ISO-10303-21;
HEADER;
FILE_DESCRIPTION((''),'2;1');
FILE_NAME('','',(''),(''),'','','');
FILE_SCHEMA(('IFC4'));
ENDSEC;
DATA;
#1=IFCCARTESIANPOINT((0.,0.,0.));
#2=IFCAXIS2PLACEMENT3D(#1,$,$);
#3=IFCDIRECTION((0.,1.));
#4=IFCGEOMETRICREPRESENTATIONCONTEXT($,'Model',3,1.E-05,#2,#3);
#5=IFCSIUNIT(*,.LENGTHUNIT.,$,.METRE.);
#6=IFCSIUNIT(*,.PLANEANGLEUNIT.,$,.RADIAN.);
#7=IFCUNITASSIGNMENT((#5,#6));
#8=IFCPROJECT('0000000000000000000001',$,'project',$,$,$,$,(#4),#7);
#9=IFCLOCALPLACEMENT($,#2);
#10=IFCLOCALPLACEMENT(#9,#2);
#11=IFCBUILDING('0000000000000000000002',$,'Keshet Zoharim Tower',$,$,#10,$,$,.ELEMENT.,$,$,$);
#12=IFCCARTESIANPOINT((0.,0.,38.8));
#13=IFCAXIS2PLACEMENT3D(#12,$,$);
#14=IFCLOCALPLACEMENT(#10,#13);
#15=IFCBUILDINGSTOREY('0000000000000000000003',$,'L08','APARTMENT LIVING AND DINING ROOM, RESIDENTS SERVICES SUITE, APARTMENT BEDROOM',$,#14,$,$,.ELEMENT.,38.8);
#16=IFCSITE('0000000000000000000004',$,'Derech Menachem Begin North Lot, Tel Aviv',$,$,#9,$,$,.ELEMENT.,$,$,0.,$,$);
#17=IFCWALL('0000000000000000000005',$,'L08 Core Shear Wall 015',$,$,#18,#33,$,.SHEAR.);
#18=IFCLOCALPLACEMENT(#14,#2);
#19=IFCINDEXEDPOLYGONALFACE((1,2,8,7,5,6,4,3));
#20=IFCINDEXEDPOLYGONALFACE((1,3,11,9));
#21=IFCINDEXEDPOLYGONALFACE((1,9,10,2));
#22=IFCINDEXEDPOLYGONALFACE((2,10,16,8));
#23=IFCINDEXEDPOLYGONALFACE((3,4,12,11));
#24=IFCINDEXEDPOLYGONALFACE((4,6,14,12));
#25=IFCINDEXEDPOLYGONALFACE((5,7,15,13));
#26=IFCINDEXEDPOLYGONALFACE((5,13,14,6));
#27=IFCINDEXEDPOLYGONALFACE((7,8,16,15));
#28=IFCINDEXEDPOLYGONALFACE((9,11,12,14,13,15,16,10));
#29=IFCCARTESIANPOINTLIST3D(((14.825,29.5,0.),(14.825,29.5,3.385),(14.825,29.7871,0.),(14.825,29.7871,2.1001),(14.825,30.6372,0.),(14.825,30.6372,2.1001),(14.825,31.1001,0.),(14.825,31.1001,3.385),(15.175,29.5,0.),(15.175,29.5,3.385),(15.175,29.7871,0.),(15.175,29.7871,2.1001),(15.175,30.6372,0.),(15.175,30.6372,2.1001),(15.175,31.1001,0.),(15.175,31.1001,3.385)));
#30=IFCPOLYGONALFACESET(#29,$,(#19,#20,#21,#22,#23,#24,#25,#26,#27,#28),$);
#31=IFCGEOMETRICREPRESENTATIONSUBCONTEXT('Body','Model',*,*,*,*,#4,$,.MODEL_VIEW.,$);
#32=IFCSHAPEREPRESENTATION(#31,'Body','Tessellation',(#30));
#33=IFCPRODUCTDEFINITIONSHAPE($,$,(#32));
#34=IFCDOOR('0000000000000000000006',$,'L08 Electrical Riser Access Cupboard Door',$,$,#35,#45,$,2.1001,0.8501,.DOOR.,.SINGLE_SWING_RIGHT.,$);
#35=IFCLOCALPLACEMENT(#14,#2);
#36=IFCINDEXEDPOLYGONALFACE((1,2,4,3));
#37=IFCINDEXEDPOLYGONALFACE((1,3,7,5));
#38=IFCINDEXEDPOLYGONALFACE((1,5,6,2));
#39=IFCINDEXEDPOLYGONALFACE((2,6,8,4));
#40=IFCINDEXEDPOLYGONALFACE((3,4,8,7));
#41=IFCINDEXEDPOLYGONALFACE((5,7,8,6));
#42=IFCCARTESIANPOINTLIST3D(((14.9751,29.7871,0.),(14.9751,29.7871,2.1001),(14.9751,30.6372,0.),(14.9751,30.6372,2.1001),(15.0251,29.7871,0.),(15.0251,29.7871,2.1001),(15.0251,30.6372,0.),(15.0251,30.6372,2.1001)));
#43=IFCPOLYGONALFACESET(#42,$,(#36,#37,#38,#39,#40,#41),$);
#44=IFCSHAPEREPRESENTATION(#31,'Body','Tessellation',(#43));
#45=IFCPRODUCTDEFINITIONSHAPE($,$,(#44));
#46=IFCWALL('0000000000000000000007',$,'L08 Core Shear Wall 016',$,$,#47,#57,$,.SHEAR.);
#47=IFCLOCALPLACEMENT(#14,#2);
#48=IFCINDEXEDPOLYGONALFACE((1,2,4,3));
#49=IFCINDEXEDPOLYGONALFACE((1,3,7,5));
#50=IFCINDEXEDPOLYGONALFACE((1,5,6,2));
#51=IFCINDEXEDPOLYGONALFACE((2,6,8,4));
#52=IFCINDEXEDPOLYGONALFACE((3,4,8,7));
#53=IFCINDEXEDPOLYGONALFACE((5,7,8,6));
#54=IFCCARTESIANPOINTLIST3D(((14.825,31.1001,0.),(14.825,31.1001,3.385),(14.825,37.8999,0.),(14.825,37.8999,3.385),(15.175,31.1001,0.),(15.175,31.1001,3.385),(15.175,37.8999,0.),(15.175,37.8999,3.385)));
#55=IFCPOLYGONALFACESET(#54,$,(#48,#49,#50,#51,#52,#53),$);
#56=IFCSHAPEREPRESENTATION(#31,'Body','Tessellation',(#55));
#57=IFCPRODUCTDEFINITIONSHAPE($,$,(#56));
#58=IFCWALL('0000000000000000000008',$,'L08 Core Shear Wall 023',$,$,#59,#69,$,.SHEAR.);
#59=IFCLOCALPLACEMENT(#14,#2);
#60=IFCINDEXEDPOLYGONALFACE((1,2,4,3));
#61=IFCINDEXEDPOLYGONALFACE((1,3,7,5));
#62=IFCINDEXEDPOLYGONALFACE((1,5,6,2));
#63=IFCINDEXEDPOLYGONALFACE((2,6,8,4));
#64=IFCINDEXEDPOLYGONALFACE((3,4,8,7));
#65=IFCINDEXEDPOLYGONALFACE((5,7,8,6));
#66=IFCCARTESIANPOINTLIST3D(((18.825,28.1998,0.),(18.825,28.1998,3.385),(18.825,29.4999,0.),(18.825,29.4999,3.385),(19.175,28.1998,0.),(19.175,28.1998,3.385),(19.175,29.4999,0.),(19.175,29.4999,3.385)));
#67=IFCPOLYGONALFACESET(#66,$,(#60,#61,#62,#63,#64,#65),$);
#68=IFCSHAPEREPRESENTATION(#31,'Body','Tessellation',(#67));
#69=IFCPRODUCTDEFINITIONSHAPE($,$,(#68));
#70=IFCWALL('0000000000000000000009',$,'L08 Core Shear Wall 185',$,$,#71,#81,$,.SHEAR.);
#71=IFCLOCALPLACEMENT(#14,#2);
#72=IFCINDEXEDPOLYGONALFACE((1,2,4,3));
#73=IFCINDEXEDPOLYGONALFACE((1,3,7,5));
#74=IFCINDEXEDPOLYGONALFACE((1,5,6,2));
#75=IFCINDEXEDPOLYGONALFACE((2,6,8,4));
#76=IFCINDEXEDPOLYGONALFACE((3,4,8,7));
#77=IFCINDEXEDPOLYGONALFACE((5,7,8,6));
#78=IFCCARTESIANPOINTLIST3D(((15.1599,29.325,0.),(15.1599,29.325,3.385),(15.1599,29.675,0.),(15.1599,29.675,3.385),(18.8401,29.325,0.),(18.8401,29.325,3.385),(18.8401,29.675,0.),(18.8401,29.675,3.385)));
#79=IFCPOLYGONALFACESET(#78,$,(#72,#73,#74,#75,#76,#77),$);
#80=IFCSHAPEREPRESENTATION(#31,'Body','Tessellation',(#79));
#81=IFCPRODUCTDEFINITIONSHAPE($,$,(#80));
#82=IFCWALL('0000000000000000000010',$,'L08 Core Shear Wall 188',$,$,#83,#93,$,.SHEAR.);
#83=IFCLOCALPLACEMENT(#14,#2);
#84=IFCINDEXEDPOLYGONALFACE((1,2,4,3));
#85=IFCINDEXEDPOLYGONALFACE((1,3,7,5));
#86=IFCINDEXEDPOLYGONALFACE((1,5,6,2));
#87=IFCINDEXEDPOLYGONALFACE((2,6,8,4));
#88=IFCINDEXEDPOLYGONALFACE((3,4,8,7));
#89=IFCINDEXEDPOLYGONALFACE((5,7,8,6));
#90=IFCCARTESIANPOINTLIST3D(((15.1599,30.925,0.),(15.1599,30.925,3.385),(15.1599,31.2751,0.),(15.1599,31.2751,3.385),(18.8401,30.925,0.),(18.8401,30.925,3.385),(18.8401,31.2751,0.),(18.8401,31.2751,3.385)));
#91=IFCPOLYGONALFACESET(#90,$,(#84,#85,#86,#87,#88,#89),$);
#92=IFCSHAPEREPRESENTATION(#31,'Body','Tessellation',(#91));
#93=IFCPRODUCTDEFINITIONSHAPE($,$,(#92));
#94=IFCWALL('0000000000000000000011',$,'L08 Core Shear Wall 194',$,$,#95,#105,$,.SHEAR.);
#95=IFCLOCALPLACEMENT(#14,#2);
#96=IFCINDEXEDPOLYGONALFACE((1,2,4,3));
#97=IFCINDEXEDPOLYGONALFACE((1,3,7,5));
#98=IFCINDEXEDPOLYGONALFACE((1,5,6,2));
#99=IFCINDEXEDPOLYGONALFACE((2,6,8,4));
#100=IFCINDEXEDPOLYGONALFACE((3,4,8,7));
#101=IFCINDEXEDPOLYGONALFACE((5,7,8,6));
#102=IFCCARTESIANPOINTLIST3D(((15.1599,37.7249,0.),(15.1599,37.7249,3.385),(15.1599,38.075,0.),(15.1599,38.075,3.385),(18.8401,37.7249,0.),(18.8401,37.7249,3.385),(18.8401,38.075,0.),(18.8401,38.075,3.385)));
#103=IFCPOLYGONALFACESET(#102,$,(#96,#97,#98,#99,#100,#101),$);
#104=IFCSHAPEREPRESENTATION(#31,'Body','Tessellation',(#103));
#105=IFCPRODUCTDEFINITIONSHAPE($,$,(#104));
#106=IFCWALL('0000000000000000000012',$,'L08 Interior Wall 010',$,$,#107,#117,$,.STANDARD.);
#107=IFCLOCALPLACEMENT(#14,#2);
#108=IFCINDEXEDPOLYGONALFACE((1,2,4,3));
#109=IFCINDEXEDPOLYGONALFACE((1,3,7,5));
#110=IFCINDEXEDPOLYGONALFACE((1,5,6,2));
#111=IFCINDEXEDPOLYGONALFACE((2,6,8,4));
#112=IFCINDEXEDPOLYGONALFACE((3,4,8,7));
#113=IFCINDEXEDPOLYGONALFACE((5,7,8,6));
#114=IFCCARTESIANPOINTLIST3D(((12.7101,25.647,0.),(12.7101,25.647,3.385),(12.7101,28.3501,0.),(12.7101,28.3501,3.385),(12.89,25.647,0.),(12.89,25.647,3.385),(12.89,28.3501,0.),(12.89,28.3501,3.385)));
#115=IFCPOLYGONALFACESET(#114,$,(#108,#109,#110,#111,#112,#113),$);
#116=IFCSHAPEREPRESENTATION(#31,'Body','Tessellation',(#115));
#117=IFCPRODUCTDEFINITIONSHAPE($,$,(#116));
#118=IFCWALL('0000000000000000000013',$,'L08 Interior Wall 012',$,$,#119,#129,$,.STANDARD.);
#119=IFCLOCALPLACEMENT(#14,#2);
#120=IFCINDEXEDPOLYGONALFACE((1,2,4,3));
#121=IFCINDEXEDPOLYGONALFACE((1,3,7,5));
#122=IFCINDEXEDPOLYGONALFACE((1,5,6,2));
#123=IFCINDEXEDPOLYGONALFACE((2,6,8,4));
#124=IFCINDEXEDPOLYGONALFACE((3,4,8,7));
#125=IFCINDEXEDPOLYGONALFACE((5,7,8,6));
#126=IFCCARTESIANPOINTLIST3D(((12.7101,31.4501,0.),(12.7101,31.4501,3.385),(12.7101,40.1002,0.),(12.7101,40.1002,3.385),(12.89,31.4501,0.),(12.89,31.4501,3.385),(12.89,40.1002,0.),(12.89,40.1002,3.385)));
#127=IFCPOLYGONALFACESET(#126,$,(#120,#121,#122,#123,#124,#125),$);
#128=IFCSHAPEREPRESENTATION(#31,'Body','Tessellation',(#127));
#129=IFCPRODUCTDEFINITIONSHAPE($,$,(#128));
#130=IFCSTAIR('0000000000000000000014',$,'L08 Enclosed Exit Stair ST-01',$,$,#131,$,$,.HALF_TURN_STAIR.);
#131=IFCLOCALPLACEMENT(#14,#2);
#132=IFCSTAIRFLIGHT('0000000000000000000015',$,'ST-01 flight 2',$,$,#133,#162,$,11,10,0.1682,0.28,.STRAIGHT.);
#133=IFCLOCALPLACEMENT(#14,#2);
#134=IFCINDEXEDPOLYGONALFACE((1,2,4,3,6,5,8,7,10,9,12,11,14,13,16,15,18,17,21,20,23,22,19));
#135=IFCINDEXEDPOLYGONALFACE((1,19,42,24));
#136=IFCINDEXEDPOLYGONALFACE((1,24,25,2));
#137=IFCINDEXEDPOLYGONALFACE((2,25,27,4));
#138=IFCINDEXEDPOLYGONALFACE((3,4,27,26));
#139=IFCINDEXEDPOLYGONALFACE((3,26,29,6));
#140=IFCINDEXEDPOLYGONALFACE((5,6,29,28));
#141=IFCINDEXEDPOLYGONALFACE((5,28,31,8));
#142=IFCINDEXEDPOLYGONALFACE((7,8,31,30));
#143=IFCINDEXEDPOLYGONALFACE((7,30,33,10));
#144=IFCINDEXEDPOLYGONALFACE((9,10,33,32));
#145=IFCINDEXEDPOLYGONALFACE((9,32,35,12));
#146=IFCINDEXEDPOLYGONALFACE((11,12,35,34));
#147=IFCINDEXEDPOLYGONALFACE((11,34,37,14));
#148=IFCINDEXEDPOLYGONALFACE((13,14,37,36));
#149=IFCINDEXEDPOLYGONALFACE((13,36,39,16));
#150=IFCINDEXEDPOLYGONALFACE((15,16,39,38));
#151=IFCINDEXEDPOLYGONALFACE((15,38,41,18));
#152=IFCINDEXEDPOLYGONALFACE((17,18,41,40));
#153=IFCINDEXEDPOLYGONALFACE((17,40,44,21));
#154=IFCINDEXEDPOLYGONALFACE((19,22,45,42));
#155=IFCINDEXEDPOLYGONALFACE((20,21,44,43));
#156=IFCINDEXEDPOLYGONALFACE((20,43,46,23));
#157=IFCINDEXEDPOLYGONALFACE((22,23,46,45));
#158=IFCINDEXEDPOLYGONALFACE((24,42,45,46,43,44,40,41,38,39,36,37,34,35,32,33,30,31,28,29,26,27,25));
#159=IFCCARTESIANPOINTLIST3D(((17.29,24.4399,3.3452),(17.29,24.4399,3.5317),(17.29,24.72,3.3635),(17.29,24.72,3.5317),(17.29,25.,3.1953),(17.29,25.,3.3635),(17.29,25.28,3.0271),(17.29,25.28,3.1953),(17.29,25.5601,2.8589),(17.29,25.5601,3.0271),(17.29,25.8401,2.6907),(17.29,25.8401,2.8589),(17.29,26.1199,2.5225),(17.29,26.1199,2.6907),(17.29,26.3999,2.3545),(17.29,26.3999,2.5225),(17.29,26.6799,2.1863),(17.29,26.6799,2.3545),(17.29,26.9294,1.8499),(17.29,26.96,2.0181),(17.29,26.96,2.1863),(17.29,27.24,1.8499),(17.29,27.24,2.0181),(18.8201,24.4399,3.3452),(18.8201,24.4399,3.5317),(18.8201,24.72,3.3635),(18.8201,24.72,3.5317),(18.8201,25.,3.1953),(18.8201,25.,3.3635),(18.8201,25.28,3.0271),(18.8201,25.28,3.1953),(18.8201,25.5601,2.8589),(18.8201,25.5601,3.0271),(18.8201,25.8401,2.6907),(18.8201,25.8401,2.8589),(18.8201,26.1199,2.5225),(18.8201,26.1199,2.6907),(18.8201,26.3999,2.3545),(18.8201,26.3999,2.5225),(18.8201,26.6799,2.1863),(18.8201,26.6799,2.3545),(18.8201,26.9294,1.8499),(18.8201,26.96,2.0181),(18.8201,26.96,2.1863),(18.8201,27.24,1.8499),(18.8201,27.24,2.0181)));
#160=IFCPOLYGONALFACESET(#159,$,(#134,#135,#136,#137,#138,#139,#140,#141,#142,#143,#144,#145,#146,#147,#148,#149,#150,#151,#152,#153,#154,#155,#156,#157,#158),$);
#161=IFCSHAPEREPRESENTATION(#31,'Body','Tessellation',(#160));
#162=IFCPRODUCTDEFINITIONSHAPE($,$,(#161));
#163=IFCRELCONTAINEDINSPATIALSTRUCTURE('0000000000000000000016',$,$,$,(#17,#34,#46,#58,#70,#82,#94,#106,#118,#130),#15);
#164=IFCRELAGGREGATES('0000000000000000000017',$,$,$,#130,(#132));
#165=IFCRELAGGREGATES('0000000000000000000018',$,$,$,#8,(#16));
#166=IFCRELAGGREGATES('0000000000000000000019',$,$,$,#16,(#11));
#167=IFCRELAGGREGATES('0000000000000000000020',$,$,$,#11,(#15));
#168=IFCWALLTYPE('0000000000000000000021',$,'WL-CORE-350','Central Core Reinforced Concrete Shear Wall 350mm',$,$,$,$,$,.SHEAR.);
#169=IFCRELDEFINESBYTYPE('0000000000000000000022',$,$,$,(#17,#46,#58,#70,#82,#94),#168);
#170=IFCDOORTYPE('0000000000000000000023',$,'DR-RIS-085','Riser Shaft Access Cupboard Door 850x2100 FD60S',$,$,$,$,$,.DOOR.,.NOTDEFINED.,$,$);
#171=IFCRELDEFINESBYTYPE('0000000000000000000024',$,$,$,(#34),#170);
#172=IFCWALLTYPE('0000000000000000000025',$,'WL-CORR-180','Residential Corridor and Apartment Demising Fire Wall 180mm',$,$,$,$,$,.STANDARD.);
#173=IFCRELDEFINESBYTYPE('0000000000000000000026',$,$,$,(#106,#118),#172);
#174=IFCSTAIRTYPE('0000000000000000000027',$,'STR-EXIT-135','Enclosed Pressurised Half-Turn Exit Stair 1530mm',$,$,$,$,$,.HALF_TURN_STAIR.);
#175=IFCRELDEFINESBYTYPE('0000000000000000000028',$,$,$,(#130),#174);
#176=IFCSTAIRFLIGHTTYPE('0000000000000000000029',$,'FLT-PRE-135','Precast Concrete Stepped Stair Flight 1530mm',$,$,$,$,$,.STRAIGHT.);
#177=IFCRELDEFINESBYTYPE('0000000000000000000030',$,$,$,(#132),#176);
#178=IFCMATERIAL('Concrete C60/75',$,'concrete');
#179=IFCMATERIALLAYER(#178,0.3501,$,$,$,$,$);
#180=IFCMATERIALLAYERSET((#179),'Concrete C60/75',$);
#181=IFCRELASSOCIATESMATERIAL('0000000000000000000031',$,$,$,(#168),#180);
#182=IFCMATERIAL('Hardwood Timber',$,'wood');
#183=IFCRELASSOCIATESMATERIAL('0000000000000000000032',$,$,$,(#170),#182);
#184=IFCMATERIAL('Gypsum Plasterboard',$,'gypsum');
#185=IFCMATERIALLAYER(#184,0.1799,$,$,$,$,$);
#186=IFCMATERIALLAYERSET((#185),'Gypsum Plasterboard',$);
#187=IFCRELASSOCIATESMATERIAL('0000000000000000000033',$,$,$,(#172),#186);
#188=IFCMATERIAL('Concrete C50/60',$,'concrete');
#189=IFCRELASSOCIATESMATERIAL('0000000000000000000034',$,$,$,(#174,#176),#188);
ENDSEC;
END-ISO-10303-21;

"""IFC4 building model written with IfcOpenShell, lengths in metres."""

from ifc_helpers import new_model, si_unit, direction, frame, frame_2d, origin, place, context, subcontext, project, spatial, polyline, rectangle, outline, extrude, material, layer, layer_set, type_object, element, fill, aggregate, save


model = new_model("IFC4")

# Units and contexts
model_context = context("Model", 3, precision=1e-05, world=origin(), true_north=direction((0.0, 1.0)))
body_context = subcontext(model_context, "Body", "Model", "MODEL_VIEW")
ifc_project = project(units=[si_unit("LENGTHUNIT", "METRE"), si_unit("PLANEANGLEUNIT", "RADIAN")], contexts=[model_context])

# Site, building, storey
site_placement = place(None, origin())
site = spatial("IfcSite", under=ifc_project, at=site_placement, Name="Derech Menachem Begin North Lot, Tel Aviv", CompositionType="ELEMENT", RefElevation=0.0)
building_placement = place(site_placement, origin())
building = spatial("IfcBuilding", under=site, at=building_placement, Name="Keshet Zoharim Tower", CompositionType="ELEMENT")
storey_placement = place(building_placement, frame((0.0, 0.0, 38.8)))
storey = spatial("IfcBuildingStorey", under=building, at=storey_placement, Name="L08", Description="APARTMENT LIVING AND DINING ROOM, RESIDENTS SERVICES SUITE, APARTMENT BEDROOM", CompositionType="ELEMENT", Elevation=38.8)

# Wall, opening, door
ifc_material_1 = material(Name="Concrete C60/75", Category="concrete")
ifc_layer_1 = layer(ifc_material_1, 0.3501)
ifc_layer_set_1 = layer_set([ifc_layer_1], Name="Concrete C60/75")
wall_type_1 = type_object("IfcWallType", Name="WL-CORE-350", Description="Central Core Reinforced Concrete Shear Wall 350mm", PredefinedType="SHEAR", material=ifc_layer_set_1)
wall_1_placement = place(storey_placement, frame((15.0, 29.5, 0.0), z_axis=(0.0, 0.0, 1.0), x_axis=(0.0, 1.0, 0.0)))
wall_1 = element("IfcWall", 1, at=wall_1_placement, inside=storey, type_object=wall_type_1, Name="L08 Core Shear Wall 015", PredefinedType="SHEAR", context=body_context, shape_type="SweptSolid", body=[
    extrude(rectangle(XDim=1.6001, YDim=0.3501, at=frame_2d((0.8, 0.0))), origin(), (0.0, 0.0, 1.0), 3.385),
])
opening_1_placement = place(wall_1_placement, frame((0.2871, 0.0, 0.0)))
opening_1 = element("IfcOpeningElement", 2, at=opening_1_placement, cuts=wall_1, PredefinedType="OPENING", context=body_context, shape_type="SweptSolid", body=[
    extrude(rectangle(XDim=0.8501, YDim=2.1001, at=frame_2d((0.425, 1.05))), frame((0.0, 0.1851, 0.0), z_axis=(0.0, -1.0, 0.0), x_axis=(1.0, 0.0, 0.0)), (0.0, 0.0, 1.0), 0.3701),
])
ifc_material_2 = material(Name="Hardwood Timber", Category="wood")
door_type_1 = type_object("IfcDoorType", Name="DR-RIS-085", Description="Riser Shaft Access Cupboard Door 850x2100 FD60S", OperationType="NOTDEFINED", PredefinedType="DOOR", material=ifc_material_2)
door_1_placement = place(opening_1_placement, origin())
door_1 = element("IfcDoor", 3, at=door_1_placement, inside=storey, type_object=door_type_1, Name="L08 Electrical Riser Access Cupboard Door", OperationType="SINGLE_SWING_RIGHT", OverallHeight=2.1001, OverallWidth=0.8501, PredefinedType="DOOR", context=body_context, shape_type="SweptSolid", body=[
    extrude(rectangle(XDim=0.8501, YDim=2.1001, at=frame_2d((0.425, 1.05))), frame((0.0, 0.0249, 0.0), z_axis=(0.0, -1.0, 0.0), x_axis=(1.0, 0.0, 0.0)), (0.0, 0.0, 1.0), 0.05),
])
fill(opening_1, door_1)

# Walls
wall_2_placement = place(storey_placement, frame((15.0, 31.1001, 0.0), z_axis=(0.0, 0.0, 1.0), x_axis=(0.0, 1.0, 0.0)))
element("IfcWall", 4, at=wall_2_placement, inside=storey, type_object=wall_type_1, Name="L08 Core Shear Wall 016", PredefinedType="SHEAR", context=body_context, shape_type="SweptSolid", body=[
    extrude(rectangle(XDim=6.7998, YDim=0.3501, at=frame_2d((3.3999, 0.0))), origin(), (0.0, 0.0, 1.0), 3.385),
])
wall_3_placement = place(storey_placement, frame((19.0, 28.2, 0.0), z_axis=(0.0, 0.0, 1.0), x_axis=(0.0, 1.0, 0.0)))
element("IfcWall", 5, at=wall_3_placement, inside=storey, type_object=wall_type_1, Name="L08 Core Shear Wall 023", PredefinedType="SHEAR", context=body_context, shape_type="SweptSolid", body=[
    extrude(rectangle(XDim=1.3, YDim=0.3501, at=frame_2d((0.6499, 0.0))), origin(), (0.0, 0.0, 1.0), 3.385),
])

# Walls
for number, where, z_axis, x_axis, name in (
    (6, (15.1599, 29.5, 0.0), (0.0, 0.0, 1.0), (1.0, 0.0, 0.0), "L08 Core Shear Wall 185"),
    (7, (15.1599, 31.1001, 0.0), (0.0, 0.0, 1.0), (1.0, 0.0, 0.0), "L08 Core Shear Wall 188"),
    (8, (15.1599, 37.8999, 0.0), (0.0, 0.0, 1.0), (1.0, 0.0, 0.0), "L08 Core Shear Wall 194"),
):
    element("IfcWall", number, at=place(storey_placement, frame(where, z_axis=z_axis, x_axis=x_axis)), inside=storey, type_object=wall_type_1, Name=name, PredefinedType="SHEAR", context=body_context, shape_type="SweptSolid", body=[
        extrude(rectangle(XDim=3.6802, YDim=0.3501, at=frame_2d((1.8401, 0.0))), origin(), (0.0, 0.0, 1.0), 3.385),
    ])
ifc_material_3 = material(Name="Gypsum Plasterboard", Category="gypsum")
ifc_layer_2 = layer(ifc_material_3, 0.1799)
ifc_layer_set_2 = layer_set([ifc_layer_2], Name="Gypsum Plasterboard")
wall_type_2 = type_object("IfcWallType", Name="WL-CORR-180", Description="Residential Corridor and Apartment Demising Fire Wall 180mm", PredefinedType="STANDARD", material=ifc_layer_set_2)
wall_4_placement = place(storey_placement, frame((12.8, 25.647, 0.0), z_axis=(0.0, 0.0, 1.0), x_axis=(0.0, 1.0, 0.0)))
element("IfcWall", 9, at=wall_4_placement, inside=storey, type_object=wall_type_2, Name="L08 Interior Wall 010", PredefinedType="STANDARD", context=body_context, shape_type="SweptSolid", body=[
    extrude(rectangle(XDim=2.7031, YDim=0.1799, at=frame_2d((1.3516, 0.0))), origin(), (0.0, 0.0, 1.0), 3.385),
])

# Wall
wall_5_placement = place(storey_placement, frame((12.8, 31.45, 0.0), z_axis=(0.0, 0.0, 1.0), x_axis=(0.0, 1.0, 0.0)))
element("IfcWall", 10, at=wall_5_placement, inside=storey, type_object=wall_type_2, Name="L08 Interior Wall 012", PredefinedType="STANDARD", context=body_context, shape_type="SweptSolid", body=[
    extrude(rectangle(XDim=8.6501, YDim=0.1799, at=frame_2d((4.3252, 0.0))), origin(), (0.0, 0.0, 1.0), 3.385),
])

# Stair, stair flight
ifc_material_4 = material(Name="Concrete C50/60", Category="concrete")
stair_type = type_object("IfcStairType", Name="STR-EXIT-135", Description="Enclosed Pressurised Half-Turn Exit Stair 1530mm", PredefinedType="HALF_TURN_STAIR", material=ifc_material_4)
stair_1_placement = place(storey_placement, origin())
stair_1 = element("IfcStair", 11, at=stair_1_placement, inside=storey, type_object=stair_type, Name="L08 Enclosed Exit Stair ST-01", PredefinedType="HALF_TURN_STAIR")
stair_flight_type = type_object("IfcStairFlightType", Name="FLT-PRE-135", Description="Precast Concrete Stepped Stair Flight 1530mm", PredefinedType="STRAIGHT", material=ifc_material_4)
stair_flight_1_placement = place(storey_placement, frame((18.0549, 27.24, 1.8499), z_axis=(0.0, 0.0, 1.0), x_axis=(0.0, -1.0, 0.0)))
stair_flight_1 = element("IfcStairFlight", 12, at=stair_flight_1_placement, type_object=stair_flight_type, Name="ST-01 flight 2", NumberOfRisers=11, NumberOfTreads=10, PredefinedType="STRAIGHT", RiserHeight=0.1682, TreadLength=0.28, context=body_context, shape_type="SweptSolid", body=[
    extrude(outline(polyline([(0.0, 0.0), (0.0, 0.1682), (0.28, 0.1682), (0.28, 0.3364), (0.5601, 0.3364), (0.5601, 0.5046), (0.8401, 0.5046), (0.8401, 0.6726), (1.1201, 0.6726), (1.1201, 0.8408), (1.3999, 0.8408), (1.3999, 1.009), (1.6799, 1.009), (1.6799, 1.1772), (1.96, 1.1772), (1.96, 1.3455), (2.24, 1.3455), (2.24, 1.5137), (2.52, 1.5137), (2.52, 1.6819), (2.8, 1.6819), (2.8, 1.8501), (2.8, 1.4954), (0.3105, 0.0), (0.0, 0.0)])), frame((0.0, 0.7651, 0.0), z_axis=(0.0, -1.0, 0.0), x_axis=(1.0, 0.0, 0.0)), (0.0, 0.0, 1.0), 1.53),
])
aggregate(stair_1, [stair_flight_1])

save(model, "model.ifc")
